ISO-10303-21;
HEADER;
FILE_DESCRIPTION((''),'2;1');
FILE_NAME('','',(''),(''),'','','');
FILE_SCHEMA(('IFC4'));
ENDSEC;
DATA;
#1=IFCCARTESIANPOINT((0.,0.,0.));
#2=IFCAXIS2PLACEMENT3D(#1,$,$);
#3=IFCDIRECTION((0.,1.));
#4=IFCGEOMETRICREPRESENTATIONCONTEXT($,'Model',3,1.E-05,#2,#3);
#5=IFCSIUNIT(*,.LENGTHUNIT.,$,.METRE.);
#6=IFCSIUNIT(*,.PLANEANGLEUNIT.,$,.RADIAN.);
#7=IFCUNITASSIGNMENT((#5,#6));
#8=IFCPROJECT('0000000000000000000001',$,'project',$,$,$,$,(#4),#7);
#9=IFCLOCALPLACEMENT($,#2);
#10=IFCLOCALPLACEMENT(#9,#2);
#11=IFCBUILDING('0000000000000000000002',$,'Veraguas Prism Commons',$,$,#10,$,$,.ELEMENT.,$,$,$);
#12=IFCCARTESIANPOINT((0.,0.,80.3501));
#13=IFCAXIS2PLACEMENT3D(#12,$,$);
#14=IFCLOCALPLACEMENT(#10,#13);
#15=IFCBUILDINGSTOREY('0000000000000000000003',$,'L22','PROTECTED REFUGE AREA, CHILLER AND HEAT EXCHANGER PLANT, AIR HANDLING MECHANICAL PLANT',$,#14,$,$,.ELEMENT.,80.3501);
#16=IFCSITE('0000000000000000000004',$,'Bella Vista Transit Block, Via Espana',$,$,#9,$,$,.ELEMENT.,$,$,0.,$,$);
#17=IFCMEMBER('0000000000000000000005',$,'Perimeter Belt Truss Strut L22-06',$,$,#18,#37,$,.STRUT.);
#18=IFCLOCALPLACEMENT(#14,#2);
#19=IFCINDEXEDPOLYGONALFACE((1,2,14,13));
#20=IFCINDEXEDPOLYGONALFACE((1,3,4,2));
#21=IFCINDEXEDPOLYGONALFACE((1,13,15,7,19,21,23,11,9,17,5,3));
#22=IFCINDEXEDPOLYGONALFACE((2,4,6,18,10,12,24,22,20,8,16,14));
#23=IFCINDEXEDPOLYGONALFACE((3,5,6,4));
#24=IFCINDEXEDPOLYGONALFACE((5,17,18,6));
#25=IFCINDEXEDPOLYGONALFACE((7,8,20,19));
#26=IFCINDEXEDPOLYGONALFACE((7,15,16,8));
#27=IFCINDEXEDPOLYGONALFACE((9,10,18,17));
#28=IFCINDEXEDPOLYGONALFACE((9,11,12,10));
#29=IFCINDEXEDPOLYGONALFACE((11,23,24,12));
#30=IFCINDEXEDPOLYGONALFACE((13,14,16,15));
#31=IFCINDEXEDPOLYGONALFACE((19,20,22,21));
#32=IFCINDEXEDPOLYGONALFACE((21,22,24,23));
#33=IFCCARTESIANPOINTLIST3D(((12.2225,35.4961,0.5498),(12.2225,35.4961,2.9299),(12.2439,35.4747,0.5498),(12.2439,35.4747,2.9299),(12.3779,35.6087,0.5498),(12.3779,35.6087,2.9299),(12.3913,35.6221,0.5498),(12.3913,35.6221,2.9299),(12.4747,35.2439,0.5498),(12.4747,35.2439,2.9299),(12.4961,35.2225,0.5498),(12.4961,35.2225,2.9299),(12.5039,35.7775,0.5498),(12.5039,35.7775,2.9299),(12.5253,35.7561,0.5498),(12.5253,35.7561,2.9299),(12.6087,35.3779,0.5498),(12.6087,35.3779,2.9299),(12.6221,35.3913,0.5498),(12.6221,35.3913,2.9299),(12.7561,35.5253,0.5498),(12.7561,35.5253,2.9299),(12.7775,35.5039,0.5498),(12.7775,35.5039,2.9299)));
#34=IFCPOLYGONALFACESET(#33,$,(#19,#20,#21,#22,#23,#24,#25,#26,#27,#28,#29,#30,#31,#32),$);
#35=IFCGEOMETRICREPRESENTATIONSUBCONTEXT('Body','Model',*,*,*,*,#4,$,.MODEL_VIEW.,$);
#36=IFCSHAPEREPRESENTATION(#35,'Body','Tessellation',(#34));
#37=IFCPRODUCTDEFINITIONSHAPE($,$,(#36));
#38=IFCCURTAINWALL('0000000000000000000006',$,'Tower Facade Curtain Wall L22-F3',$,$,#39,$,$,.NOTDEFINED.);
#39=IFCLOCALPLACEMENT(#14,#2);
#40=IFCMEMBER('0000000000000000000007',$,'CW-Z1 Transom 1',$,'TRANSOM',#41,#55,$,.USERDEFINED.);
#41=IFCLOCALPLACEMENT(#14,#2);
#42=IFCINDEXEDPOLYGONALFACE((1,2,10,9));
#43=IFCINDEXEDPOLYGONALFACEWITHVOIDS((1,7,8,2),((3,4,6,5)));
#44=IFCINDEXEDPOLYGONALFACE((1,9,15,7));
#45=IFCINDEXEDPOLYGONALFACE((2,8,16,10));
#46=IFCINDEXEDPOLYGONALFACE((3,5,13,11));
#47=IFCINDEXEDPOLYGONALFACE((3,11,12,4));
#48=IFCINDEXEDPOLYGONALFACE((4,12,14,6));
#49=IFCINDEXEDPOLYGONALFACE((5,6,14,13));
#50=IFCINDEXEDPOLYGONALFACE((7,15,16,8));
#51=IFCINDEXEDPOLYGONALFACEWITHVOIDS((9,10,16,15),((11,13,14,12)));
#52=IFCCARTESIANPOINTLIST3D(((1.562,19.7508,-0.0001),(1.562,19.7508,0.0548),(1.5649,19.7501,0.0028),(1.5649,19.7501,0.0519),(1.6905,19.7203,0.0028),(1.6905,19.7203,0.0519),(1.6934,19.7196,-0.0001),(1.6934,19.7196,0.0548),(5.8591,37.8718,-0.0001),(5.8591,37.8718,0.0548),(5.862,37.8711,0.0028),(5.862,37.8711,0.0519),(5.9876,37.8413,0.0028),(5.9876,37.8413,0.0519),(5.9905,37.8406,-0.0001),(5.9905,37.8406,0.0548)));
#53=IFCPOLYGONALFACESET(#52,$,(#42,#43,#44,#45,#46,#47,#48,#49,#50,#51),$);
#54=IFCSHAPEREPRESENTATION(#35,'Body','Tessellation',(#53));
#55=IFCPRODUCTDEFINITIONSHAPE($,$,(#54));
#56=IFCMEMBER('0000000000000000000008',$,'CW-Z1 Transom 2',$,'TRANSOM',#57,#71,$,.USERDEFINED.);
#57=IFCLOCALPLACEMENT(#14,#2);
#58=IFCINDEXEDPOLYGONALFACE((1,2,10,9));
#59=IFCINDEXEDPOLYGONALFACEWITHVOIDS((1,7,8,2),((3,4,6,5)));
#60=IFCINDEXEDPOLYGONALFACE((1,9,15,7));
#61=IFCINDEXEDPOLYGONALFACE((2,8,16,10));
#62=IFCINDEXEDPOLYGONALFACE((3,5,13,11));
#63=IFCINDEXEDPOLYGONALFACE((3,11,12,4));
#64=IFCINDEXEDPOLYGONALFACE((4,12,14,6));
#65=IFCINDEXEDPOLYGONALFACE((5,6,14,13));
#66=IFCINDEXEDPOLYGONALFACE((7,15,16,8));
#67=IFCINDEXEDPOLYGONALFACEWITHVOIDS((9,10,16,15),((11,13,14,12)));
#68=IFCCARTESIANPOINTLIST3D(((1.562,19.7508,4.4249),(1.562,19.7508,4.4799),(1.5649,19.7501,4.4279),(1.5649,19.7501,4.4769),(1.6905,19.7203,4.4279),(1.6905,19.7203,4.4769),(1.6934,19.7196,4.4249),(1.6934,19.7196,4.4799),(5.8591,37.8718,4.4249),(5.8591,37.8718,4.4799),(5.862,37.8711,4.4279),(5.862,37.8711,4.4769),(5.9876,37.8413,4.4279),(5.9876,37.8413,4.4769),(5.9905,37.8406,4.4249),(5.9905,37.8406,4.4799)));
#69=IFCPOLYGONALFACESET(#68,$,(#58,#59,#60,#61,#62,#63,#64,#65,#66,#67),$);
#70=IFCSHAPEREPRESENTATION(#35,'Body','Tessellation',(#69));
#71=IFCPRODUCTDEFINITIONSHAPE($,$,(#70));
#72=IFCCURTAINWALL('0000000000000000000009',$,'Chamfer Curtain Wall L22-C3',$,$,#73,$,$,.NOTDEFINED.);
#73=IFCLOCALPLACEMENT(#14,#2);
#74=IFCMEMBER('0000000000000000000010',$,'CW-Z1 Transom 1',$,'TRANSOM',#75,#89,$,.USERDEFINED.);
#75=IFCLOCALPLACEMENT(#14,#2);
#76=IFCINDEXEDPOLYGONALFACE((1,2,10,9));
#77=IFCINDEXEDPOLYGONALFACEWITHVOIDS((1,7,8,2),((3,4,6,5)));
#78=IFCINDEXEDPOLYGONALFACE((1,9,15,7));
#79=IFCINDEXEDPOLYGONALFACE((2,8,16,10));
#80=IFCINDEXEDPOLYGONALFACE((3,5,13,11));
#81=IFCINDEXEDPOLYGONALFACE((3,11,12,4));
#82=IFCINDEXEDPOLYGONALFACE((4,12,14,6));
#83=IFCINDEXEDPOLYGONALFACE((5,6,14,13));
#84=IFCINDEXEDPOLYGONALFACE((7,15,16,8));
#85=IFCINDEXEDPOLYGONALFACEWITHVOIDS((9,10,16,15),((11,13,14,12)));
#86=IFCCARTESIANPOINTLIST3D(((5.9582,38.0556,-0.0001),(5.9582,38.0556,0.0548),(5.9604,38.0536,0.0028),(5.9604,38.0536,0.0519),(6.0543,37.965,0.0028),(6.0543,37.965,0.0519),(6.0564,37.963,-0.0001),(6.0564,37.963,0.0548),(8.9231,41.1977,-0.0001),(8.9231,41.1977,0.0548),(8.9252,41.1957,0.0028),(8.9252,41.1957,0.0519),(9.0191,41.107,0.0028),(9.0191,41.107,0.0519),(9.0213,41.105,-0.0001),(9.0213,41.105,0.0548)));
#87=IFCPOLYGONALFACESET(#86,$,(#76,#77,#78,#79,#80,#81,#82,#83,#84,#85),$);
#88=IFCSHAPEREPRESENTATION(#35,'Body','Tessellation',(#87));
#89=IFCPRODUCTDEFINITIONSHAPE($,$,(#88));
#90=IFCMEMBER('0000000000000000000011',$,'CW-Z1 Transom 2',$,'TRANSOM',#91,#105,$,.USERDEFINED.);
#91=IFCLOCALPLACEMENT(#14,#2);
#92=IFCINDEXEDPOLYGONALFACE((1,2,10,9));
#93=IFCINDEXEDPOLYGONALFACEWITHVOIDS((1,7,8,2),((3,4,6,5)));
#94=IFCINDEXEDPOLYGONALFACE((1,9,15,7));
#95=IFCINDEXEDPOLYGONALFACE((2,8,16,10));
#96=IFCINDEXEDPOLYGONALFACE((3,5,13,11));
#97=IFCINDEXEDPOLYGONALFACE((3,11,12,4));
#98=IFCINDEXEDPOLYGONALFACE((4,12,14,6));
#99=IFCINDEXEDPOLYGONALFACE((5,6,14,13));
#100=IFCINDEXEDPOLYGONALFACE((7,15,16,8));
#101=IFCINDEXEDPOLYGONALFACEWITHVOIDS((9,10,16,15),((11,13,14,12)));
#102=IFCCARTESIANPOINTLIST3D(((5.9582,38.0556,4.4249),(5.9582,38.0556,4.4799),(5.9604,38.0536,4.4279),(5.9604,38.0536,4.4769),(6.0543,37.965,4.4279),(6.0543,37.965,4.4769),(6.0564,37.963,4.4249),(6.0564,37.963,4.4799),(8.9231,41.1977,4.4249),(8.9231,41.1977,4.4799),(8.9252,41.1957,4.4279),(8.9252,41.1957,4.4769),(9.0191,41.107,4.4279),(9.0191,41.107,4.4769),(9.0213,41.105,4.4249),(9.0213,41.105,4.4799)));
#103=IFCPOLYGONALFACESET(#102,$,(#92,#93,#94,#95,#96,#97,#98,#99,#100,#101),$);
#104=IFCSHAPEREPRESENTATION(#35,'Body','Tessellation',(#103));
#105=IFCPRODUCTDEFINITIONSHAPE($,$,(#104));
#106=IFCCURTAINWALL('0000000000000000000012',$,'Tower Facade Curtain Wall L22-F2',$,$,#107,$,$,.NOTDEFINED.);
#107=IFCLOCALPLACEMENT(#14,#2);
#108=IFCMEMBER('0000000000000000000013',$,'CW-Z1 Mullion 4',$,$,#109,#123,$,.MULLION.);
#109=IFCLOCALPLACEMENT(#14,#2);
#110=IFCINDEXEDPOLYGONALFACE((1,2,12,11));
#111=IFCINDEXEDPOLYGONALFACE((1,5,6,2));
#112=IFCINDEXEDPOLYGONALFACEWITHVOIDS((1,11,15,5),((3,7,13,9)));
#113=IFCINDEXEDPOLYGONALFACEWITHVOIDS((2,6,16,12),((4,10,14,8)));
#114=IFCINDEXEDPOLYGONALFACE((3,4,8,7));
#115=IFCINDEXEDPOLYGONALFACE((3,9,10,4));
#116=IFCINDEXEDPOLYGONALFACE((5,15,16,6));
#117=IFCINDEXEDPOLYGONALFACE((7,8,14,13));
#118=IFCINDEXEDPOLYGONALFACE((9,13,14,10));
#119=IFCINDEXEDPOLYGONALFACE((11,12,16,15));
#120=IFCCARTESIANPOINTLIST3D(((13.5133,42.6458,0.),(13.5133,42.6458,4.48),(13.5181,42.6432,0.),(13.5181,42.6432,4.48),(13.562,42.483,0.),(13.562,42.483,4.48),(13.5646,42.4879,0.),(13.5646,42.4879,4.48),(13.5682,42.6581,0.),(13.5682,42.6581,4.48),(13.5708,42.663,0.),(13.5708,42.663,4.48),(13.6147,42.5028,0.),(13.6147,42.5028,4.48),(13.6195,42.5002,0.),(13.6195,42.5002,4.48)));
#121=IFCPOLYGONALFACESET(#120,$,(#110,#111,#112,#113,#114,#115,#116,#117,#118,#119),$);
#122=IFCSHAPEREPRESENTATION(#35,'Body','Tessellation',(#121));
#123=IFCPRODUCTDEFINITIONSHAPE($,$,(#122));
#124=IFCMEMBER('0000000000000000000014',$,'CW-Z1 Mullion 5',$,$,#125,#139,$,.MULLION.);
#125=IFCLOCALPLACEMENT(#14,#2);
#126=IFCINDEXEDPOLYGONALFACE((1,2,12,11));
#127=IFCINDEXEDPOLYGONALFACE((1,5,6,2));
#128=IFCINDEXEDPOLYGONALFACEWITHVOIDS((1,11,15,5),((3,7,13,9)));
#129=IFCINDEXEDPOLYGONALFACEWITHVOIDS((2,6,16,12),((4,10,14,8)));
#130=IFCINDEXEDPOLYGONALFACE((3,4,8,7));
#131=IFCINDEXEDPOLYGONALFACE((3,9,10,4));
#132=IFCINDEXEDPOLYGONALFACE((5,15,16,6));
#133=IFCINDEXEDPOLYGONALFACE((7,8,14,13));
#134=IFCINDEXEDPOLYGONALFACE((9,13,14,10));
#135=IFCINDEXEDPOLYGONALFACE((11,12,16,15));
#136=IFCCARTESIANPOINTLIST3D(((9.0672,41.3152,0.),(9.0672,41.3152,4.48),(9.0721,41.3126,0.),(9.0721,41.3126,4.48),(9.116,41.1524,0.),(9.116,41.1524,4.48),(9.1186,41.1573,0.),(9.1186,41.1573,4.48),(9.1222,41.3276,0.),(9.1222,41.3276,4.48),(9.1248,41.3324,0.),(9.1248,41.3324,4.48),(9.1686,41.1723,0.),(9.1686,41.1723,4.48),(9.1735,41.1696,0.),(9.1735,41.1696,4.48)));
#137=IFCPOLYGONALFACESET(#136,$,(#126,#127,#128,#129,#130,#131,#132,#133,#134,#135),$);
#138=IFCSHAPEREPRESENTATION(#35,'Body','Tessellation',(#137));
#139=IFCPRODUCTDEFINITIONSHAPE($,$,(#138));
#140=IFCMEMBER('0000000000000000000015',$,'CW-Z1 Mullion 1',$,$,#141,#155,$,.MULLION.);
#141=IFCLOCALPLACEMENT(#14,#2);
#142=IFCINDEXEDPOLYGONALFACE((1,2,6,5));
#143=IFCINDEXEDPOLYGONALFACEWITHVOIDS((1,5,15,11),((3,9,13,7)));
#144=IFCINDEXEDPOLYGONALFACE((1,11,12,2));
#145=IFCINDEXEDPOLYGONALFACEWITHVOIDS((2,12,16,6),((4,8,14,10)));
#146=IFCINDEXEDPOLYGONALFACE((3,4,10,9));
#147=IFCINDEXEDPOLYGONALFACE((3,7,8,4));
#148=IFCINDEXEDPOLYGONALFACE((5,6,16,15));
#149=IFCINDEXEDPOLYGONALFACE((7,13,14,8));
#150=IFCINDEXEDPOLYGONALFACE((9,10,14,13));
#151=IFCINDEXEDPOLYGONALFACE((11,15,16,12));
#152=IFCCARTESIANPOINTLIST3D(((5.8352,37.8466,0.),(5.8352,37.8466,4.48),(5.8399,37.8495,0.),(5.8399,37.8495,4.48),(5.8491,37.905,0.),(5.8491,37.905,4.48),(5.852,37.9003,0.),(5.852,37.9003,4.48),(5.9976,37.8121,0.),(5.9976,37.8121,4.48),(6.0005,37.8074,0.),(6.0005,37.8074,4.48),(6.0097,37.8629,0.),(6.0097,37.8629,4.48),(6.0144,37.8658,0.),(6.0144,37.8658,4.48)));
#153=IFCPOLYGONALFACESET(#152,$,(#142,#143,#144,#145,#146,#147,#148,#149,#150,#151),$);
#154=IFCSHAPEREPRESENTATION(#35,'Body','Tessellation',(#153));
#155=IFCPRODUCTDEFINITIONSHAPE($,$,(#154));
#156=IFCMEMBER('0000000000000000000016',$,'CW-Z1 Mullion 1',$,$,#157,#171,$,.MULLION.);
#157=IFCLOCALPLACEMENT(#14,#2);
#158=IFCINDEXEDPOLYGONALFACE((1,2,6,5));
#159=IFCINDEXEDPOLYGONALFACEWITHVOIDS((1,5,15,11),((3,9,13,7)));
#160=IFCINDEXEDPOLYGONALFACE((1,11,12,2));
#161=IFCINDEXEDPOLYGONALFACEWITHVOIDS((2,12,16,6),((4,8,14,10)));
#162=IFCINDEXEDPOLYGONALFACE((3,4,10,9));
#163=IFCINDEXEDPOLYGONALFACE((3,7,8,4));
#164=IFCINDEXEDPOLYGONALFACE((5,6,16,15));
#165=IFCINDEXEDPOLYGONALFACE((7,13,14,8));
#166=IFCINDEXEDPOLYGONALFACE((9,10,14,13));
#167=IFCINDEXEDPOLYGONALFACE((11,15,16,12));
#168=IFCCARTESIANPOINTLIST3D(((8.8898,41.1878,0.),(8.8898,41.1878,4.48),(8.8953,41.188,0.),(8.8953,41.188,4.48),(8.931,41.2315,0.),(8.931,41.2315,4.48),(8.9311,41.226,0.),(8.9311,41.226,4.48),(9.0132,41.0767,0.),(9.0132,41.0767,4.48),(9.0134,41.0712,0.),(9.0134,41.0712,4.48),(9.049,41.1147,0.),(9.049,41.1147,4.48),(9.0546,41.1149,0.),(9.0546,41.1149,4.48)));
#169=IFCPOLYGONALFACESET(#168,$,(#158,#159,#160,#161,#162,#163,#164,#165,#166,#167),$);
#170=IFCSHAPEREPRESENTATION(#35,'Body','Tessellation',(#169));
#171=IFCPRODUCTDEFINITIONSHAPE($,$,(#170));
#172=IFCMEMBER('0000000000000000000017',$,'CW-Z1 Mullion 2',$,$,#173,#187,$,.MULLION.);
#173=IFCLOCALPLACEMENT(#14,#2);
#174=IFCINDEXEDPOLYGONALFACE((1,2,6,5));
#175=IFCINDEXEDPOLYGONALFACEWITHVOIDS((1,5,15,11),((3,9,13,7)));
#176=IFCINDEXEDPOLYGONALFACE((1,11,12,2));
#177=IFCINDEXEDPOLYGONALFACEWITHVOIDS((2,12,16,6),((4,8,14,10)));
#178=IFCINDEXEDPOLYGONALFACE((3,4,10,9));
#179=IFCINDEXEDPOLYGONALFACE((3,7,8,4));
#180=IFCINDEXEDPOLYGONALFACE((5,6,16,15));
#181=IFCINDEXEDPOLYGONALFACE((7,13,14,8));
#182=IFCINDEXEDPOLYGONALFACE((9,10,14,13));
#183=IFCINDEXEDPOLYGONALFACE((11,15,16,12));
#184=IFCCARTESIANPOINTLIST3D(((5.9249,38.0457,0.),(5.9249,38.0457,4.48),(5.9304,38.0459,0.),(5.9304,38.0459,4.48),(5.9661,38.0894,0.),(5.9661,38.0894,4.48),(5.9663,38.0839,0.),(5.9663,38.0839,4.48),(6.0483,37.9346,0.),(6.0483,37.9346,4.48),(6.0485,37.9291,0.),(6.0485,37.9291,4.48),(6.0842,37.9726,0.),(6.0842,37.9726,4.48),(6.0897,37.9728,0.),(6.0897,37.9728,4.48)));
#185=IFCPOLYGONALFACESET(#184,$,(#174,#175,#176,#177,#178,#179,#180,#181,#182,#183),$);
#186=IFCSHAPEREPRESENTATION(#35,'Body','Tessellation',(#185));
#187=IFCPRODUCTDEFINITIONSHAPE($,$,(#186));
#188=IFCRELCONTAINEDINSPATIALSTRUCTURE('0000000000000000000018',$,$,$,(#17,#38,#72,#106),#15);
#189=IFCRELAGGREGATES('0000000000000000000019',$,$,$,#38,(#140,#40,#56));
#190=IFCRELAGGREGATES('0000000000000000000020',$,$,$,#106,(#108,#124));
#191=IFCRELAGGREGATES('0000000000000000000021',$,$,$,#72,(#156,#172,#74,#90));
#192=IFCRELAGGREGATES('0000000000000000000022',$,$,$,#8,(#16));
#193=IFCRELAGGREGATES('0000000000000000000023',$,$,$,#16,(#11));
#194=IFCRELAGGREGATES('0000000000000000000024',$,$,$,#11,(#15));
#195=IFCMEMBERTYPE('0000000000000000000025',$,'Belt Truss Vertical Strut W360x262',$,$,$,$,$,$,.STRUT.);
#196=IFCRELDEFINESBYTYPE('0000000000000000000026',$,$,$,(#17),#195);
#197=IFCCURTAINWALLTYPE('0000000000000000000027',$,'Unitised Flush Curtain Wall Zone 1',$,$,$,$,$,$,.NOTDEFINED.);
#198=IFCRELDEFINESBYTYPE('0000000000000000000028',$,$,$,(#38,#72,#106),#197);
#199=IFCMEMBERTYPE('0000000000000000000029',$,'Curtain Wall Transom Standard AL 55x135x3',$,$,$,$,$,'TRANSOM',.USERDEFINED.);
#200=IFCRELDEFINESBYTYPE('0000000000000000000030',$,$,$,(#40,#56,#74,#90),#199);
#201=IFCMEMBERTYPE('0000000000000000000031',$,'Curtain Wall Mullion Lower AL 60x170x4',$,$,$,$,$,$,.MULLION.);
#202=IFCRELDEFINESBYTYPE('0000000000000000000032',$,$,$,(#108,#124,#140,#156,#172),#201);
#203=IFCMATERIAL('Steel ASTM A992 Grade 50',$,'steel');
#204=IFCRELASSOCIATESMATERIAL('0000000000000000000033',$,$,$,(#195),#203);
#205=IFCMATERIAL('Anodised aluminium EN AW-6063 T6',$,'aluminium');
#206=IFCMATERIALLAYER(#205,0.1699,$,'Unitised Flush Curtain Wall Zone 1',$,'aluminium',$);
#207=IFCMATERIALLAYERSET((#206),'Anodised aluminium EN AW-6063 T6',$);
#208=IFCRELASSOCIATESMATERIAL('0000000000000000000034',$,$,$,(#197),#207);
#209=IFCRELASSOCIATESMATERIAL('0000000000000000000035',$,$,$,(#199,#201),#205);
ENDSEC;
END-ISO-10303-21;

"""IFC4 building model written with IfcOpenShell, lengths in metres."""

from ifc_helpers import new_model, si_unit, direction, frame, origin, origin_2d, place, context, subcontext, project, spatial, hollow_rectangle, i_section, extrude, source, transform, mapped, material, layer, layer_set, material_profile, profile_set, type_object, element, aggregate, save


model = new_model("IFC4")

# Units and contexts
model_context = context("Model", 3, precision=1e-05, world=origin(), true_north=direction((0.0, 1.0)))
body_context = subcontext(model_context, "Body", "Model", "MODEL_VIEW")
ifc_project = project(units=[si_unit("LENGTHUNIT", "METRE"), si_unit("PLANEANGLEUNIT", "RADIAN")], contexts=[model_context])

# Site, building, storey
site_placement = place(None, origin())
site = spatial("IfcSite", under=ifc_project, at=site_placement, Name="Bella Vista Transit Block, Via Espana", CompositionType="ELEMENT", RefElevation=0.0)
building_placement = place(site_placement, origin())
building = spatial("IfcBuilding", under=site, at=building_placement, Name="Veraguas Prism Commons", CompositionType="ELEMENT")
storey_placement = place(building_placement, frame((0.0, 0.0, 80.3501)))
storey = spatial("IfcBuildingStorey", under=building, at=storey_placement, Name="L22", Description="PROTECTED REFUGE AREA, CHILLER AND HEAT EXCHANGER PLANT, AIR HANDLING MECHANICAL PLANT", CompositionType="ELEMENT", Elevation=80.3501)

# Member
ifc_material_1 = material(Name="Steel ASTM A992 Grade 50", Category="steel")
ifc_material_profile_1 = material_profile(ifc_material_1, i_section(OverallWidth=0.3979, OverallDepth=0.387, WebThickness=0.019, FlangeThickness=0.0303, at=origin_2d()), Name="W360X262")
ifc_profile_set_1 = profile_set([ifc_material_profile_1], Name="Steel ASTM A992 Grade 50")
member_type_1 = type_object("IfcMemberType", Name="Belt Truss Vertical Strut W360x262", PredefinedType="STRUT", material=ifc_profile_set_1)
member_1_placement = place(storey_placement, frame((12.5, 35.5, 0.5498), z_axis=(0.0, 0.0, 1.0), x_axis=(-0.707107, -0.707107, 0.0)))
element("IfcMember", 1, at=member_1_placement, inside=storey, type_object=member_type_1, Name="Perimeter Belt Truss Strut L22-06", PredefinedType="STRUT", context=body_context, shape_type="SweptSolid", body=[
    extrude(i_section(OverallWidth=0.3979, OverallDepth=0.387, WebThickness=0.019, FlangeThickness=0.0303, at=origin_2d()), origin(), (0.0, 0.0, 1.0), 2.3801),
])

# Curtain walls, members
ifc_material_2 = material(Name="Anodised aluminium EN AW-6063 T6", Category="aluminium")
ifc_layer_1 = layer(ifc_material_2, 0.1699, Name="Unitised Flush Curtain Wall Zone 1", Category="aluminium")
ifc_layer_set_1 = layer_set([ifc_layer_1], Name="Anodised aluminium EN AW-6063 T6")
curtain_wall_type = type_object("IfcCurtainWallType", Name="Unitised Flush Curtain Wall Zone 1", PredefinedType="NOTDEFINED", material=ifc_layer_set_1)
curtain_wall_1_placement = place(storey_placement, origin())
curtain_wall_1 = element("IfcCurtainWall", 2, at=curtain_wall_1_placement, inside=storey, type_object=curtain_wall_type, Name="Tower Facade Curtain Wall L22-F3", PredefinedType="NOTDEFINED")
ifc_material_profile_2 = material_profile(ifc_material_2, hollow_rectangle(XDim=0.0549, YDim=0.135, WallThickness=0.0029, at=origin_2d()), Name="AL55X135X3")
ifc_profile_set_2 = profile_set([ifc_material_profile_2], Name="Anodised aluminium EN AW-6063 T6")
member_type_2 = type_object("IfcMemberType", Name="Curtain Wall Transom Standard AL 55x135x3", ElementType="TRANSOM", PredefinedType="USERDEFINED", material=ifc_profile_set_2)
shared_shape_1 = source(origin(), body_context, "Body", "SweptSolid", [
    extrude(hollow_rectangle(XDim=0.0549, YDim=0.135, WallThickness=0.0029, at=origin_2d()), origin(), (0.0, 0.0, 1.0), 18.6235),
])
member_2_placement = place(storey_placement, frame((5.9248, 37.8562, 0.0273), z_axis=(-0.230735, -0.973017, 0.0), x_axis=(0.0, 0.0, 1.0)))
member_2 = element("IfcMember", 3, at=member_2_placement, type_object=member_type_2, Name="CW-Z1 Transom 1", ObjectType="TRANSOM", PredefinedType="USERDEFINED", context=body_context, shape_type="MappedRepresentation", body=[
    mapped(shared_shape_1, transform((0.0, 0.0, 0.0), scale=1.0)),
])
member_3_placement = place(storey_placement, frame((5.9248, 37.8562, 4.4524), z_axis=(-0.230735, -0.973017, 0.0), x_axis=(0.0, 0.0, 1.0)))
member_3 = element("IfcMember", 4, at=member_3_placement, type_object=member_type_2, Name="CW-Z1 Transom 2", ObjectType="TRANSOM", PredefinedType="USERDEFINED", context=body_context, shape_type="MappedRepresentation", body=[
    mapped(shared_shape_1, transform((0.0, 0.0, 0.0), scale=1.0)),
])
curtain_wall_2_placement = place(storey_placement, origin())
curtain_wall_2 = element("IfcCurtainWall", 5, at=curtain_wall_2_placement, inside=storey, type_object=curtain_wall_type, Name="Chamfer Curtain Wall L22-C3", PredefinedType="NOTDEFINED")
shared_shape_2 = source(origin(), body_context, "Body", "SweptSolid", [
    extrude(hollow_rectangle(XDim=0.0549, YDim=0.135, WallThickness=0.0029, at=origin_2d()), origin(), (0.0, 0.0, 1.0), 4.3201),
])
member_4_placement = place(storey_placement, frame((8.9722, 41.1514, 0.0273), z_axis=(-0.686295, -0.727323, 0.0), x_axis=(0.0, 0.0, 1.0)))
member_4 = element("IfcMember", 6, at=member_4_placement, type_object=member_type_2, Name="CW-Z1 Transom 1", ObjectType="TRANSOM", PredefinedType="USERDEFINED", context=body_context, shape_type="MappedRepresentation", body=[
    mapped(shared_shape_2, transform((0.0, 0.0, 0.0), scale=1.0)),
])
member_5_placement = place(storey_placement, frame((8.9722, 41.1514, 4.4524), z_axis=(-0.686295, -0.727323, 0.0), x_axis=(0.0, 0.0, 1.0)))
member_5 = element("IfcMember", 7, at=member_5_placement, type_object=member_type_2, Name="CW-Z1 Transom 2", ObjectType="TRANSOM", PredefinedType="USERDEFINED", context=body_context, shape_type="MappedRepresentation", body=[
    mapped(shared_shape_2, transform((0.0, 0.0, 0.0), scale=1.0)),
])
curtain_wall_3_placement = place(storey_placement, origin())
curtain_wall_3 = element("IfcCurtainWall", 8, at=curtain_wall_3_placement, inside=storey, type_object=curtain_wall_type, Name="Tower Facade Curtain Wall L22-F2", PredefinedType="NOTDEFINED")
ifc_material_profile_3 = material_profile(ifc_material_2, hollow_rectangle(XDim=0.0601, YDim=0.1699, WallThickness=0.0039, at=origin_2d()), Name="AL60X170X4")
ifc_profile_set_3 = profile_set([ifc_material_profile_3], Name="Anodised aluminium EN AW-6063 T6")
member_type_3 = type_object("IfcMemberType", Name="Curtain Wall Mullion Lower AL 60x170x4", PredefinedType="MULLION", material=ifc_profile_set_3)
shared_shape_3 = source(origin(), body_context, "Body", "SweptSolid", [
    extrude(hollow_rectangle(XDim=0.0601, YDim=0.1699, WallThickness=0.0039, at=origin_2d()), origin(), (0.0, 0.0, 1.0), 4.48),
])
member_6_placement = place(storey_placement, frame((13.5664, 42.573, 0.0), z_axis=(0.0, 0.0, 1.0), x_axis=(-0.958023, -0.286692, 0.0)))
member_6 = element("IfcMember", 9, at=member_6_placement, type_object=member_type_3, Name="CW-Z1 Mullion 4", PredefinedType="MULLION", context=body_context, shape_type="MappedRepresentation", body=[
    mapped(shared_shape_3, transform((0.0, 0.0, 0.0), scale=1.0)),
])
member_7_placement = place(storey_placement, frame((9.1204, 41.2424, 0.0), z_axis=(0.0, 0.0, 1.0), x_axis=(-0.958023, -0.286692, 0.0)))
member_7 = element("IfcMember", 10, at=member_7_placement, type_object=member_type_3, Name="CW-Z1 Mullion 5", PredefinedType="MULLION", context=body_context, shape_type="MappedRepresentation", body=[
    mapped(shared_shape_3, transform((0.0, 0.0, 0.0), scale=1.0)),
])

# Members
member_8_placement = place(storey_placement, frame((5.9248, 37.8562, 0.0), z_axis=(0.0, 0.0, 1.0), x_axis=(-0.230734, -0.973017, 0.0)))
member_8 = element("IfcMember", 11, at=member_8_placement, type_object=member_type_3, Name="CW-Z1 Mullion 1", PredefinedType="MULLION", context=body_context, shape_type="MappedRepresentation", body=[
    mapped(shared_shape_3, transform((0.0, 0.0, 0.0), scale=1.0)),
])
member_9_placement = place(storey_placement, frame((8.9722, 41.1514, 0.0), z_axis=(0.0, 0.0, 1.0), x_axis=(-0.686319, -0.727301, 0.0)))
member_9 = element("IfcMember", 12, at=member_9_placement, type_object=member_type_3, Name="CW-Z1 Mullion 1", PredefinedType="MULLION", context=body_context, shape_type="MappedRepresentation", body=[
    mapped(shared_shape_3, transform((0.0, 0.0, 0.0), scale=1.0)),
])
member_10_placement = place(storey_placement, frame((6.0073, 38.0093, 0.0), z_axis=(0.0, 0.0, 1.0), x_axis=(-0.686319, -0.727301, 0.0)))
member_10 = element("IfcMember", 13, at=member_10_placement, type_object=member_type_3, Name="CW-Z1 Mullion 2", PredefinedType="MULLION", context=body_context, shape_type="MappedRepresentation", body=[
    mapped(shared_shape_3, transform((0.0, 0.0, 0.0), scale=1.0)),
])

aggregate(curtain_wall_1, [member_8, member_2, member_3])
aggregate(curtain_wall_3, [member_6, member_7])
aggregate(curtain_wall_2, [member_9, member_10, member_4, member_5])

save(model, "model.ifc")
